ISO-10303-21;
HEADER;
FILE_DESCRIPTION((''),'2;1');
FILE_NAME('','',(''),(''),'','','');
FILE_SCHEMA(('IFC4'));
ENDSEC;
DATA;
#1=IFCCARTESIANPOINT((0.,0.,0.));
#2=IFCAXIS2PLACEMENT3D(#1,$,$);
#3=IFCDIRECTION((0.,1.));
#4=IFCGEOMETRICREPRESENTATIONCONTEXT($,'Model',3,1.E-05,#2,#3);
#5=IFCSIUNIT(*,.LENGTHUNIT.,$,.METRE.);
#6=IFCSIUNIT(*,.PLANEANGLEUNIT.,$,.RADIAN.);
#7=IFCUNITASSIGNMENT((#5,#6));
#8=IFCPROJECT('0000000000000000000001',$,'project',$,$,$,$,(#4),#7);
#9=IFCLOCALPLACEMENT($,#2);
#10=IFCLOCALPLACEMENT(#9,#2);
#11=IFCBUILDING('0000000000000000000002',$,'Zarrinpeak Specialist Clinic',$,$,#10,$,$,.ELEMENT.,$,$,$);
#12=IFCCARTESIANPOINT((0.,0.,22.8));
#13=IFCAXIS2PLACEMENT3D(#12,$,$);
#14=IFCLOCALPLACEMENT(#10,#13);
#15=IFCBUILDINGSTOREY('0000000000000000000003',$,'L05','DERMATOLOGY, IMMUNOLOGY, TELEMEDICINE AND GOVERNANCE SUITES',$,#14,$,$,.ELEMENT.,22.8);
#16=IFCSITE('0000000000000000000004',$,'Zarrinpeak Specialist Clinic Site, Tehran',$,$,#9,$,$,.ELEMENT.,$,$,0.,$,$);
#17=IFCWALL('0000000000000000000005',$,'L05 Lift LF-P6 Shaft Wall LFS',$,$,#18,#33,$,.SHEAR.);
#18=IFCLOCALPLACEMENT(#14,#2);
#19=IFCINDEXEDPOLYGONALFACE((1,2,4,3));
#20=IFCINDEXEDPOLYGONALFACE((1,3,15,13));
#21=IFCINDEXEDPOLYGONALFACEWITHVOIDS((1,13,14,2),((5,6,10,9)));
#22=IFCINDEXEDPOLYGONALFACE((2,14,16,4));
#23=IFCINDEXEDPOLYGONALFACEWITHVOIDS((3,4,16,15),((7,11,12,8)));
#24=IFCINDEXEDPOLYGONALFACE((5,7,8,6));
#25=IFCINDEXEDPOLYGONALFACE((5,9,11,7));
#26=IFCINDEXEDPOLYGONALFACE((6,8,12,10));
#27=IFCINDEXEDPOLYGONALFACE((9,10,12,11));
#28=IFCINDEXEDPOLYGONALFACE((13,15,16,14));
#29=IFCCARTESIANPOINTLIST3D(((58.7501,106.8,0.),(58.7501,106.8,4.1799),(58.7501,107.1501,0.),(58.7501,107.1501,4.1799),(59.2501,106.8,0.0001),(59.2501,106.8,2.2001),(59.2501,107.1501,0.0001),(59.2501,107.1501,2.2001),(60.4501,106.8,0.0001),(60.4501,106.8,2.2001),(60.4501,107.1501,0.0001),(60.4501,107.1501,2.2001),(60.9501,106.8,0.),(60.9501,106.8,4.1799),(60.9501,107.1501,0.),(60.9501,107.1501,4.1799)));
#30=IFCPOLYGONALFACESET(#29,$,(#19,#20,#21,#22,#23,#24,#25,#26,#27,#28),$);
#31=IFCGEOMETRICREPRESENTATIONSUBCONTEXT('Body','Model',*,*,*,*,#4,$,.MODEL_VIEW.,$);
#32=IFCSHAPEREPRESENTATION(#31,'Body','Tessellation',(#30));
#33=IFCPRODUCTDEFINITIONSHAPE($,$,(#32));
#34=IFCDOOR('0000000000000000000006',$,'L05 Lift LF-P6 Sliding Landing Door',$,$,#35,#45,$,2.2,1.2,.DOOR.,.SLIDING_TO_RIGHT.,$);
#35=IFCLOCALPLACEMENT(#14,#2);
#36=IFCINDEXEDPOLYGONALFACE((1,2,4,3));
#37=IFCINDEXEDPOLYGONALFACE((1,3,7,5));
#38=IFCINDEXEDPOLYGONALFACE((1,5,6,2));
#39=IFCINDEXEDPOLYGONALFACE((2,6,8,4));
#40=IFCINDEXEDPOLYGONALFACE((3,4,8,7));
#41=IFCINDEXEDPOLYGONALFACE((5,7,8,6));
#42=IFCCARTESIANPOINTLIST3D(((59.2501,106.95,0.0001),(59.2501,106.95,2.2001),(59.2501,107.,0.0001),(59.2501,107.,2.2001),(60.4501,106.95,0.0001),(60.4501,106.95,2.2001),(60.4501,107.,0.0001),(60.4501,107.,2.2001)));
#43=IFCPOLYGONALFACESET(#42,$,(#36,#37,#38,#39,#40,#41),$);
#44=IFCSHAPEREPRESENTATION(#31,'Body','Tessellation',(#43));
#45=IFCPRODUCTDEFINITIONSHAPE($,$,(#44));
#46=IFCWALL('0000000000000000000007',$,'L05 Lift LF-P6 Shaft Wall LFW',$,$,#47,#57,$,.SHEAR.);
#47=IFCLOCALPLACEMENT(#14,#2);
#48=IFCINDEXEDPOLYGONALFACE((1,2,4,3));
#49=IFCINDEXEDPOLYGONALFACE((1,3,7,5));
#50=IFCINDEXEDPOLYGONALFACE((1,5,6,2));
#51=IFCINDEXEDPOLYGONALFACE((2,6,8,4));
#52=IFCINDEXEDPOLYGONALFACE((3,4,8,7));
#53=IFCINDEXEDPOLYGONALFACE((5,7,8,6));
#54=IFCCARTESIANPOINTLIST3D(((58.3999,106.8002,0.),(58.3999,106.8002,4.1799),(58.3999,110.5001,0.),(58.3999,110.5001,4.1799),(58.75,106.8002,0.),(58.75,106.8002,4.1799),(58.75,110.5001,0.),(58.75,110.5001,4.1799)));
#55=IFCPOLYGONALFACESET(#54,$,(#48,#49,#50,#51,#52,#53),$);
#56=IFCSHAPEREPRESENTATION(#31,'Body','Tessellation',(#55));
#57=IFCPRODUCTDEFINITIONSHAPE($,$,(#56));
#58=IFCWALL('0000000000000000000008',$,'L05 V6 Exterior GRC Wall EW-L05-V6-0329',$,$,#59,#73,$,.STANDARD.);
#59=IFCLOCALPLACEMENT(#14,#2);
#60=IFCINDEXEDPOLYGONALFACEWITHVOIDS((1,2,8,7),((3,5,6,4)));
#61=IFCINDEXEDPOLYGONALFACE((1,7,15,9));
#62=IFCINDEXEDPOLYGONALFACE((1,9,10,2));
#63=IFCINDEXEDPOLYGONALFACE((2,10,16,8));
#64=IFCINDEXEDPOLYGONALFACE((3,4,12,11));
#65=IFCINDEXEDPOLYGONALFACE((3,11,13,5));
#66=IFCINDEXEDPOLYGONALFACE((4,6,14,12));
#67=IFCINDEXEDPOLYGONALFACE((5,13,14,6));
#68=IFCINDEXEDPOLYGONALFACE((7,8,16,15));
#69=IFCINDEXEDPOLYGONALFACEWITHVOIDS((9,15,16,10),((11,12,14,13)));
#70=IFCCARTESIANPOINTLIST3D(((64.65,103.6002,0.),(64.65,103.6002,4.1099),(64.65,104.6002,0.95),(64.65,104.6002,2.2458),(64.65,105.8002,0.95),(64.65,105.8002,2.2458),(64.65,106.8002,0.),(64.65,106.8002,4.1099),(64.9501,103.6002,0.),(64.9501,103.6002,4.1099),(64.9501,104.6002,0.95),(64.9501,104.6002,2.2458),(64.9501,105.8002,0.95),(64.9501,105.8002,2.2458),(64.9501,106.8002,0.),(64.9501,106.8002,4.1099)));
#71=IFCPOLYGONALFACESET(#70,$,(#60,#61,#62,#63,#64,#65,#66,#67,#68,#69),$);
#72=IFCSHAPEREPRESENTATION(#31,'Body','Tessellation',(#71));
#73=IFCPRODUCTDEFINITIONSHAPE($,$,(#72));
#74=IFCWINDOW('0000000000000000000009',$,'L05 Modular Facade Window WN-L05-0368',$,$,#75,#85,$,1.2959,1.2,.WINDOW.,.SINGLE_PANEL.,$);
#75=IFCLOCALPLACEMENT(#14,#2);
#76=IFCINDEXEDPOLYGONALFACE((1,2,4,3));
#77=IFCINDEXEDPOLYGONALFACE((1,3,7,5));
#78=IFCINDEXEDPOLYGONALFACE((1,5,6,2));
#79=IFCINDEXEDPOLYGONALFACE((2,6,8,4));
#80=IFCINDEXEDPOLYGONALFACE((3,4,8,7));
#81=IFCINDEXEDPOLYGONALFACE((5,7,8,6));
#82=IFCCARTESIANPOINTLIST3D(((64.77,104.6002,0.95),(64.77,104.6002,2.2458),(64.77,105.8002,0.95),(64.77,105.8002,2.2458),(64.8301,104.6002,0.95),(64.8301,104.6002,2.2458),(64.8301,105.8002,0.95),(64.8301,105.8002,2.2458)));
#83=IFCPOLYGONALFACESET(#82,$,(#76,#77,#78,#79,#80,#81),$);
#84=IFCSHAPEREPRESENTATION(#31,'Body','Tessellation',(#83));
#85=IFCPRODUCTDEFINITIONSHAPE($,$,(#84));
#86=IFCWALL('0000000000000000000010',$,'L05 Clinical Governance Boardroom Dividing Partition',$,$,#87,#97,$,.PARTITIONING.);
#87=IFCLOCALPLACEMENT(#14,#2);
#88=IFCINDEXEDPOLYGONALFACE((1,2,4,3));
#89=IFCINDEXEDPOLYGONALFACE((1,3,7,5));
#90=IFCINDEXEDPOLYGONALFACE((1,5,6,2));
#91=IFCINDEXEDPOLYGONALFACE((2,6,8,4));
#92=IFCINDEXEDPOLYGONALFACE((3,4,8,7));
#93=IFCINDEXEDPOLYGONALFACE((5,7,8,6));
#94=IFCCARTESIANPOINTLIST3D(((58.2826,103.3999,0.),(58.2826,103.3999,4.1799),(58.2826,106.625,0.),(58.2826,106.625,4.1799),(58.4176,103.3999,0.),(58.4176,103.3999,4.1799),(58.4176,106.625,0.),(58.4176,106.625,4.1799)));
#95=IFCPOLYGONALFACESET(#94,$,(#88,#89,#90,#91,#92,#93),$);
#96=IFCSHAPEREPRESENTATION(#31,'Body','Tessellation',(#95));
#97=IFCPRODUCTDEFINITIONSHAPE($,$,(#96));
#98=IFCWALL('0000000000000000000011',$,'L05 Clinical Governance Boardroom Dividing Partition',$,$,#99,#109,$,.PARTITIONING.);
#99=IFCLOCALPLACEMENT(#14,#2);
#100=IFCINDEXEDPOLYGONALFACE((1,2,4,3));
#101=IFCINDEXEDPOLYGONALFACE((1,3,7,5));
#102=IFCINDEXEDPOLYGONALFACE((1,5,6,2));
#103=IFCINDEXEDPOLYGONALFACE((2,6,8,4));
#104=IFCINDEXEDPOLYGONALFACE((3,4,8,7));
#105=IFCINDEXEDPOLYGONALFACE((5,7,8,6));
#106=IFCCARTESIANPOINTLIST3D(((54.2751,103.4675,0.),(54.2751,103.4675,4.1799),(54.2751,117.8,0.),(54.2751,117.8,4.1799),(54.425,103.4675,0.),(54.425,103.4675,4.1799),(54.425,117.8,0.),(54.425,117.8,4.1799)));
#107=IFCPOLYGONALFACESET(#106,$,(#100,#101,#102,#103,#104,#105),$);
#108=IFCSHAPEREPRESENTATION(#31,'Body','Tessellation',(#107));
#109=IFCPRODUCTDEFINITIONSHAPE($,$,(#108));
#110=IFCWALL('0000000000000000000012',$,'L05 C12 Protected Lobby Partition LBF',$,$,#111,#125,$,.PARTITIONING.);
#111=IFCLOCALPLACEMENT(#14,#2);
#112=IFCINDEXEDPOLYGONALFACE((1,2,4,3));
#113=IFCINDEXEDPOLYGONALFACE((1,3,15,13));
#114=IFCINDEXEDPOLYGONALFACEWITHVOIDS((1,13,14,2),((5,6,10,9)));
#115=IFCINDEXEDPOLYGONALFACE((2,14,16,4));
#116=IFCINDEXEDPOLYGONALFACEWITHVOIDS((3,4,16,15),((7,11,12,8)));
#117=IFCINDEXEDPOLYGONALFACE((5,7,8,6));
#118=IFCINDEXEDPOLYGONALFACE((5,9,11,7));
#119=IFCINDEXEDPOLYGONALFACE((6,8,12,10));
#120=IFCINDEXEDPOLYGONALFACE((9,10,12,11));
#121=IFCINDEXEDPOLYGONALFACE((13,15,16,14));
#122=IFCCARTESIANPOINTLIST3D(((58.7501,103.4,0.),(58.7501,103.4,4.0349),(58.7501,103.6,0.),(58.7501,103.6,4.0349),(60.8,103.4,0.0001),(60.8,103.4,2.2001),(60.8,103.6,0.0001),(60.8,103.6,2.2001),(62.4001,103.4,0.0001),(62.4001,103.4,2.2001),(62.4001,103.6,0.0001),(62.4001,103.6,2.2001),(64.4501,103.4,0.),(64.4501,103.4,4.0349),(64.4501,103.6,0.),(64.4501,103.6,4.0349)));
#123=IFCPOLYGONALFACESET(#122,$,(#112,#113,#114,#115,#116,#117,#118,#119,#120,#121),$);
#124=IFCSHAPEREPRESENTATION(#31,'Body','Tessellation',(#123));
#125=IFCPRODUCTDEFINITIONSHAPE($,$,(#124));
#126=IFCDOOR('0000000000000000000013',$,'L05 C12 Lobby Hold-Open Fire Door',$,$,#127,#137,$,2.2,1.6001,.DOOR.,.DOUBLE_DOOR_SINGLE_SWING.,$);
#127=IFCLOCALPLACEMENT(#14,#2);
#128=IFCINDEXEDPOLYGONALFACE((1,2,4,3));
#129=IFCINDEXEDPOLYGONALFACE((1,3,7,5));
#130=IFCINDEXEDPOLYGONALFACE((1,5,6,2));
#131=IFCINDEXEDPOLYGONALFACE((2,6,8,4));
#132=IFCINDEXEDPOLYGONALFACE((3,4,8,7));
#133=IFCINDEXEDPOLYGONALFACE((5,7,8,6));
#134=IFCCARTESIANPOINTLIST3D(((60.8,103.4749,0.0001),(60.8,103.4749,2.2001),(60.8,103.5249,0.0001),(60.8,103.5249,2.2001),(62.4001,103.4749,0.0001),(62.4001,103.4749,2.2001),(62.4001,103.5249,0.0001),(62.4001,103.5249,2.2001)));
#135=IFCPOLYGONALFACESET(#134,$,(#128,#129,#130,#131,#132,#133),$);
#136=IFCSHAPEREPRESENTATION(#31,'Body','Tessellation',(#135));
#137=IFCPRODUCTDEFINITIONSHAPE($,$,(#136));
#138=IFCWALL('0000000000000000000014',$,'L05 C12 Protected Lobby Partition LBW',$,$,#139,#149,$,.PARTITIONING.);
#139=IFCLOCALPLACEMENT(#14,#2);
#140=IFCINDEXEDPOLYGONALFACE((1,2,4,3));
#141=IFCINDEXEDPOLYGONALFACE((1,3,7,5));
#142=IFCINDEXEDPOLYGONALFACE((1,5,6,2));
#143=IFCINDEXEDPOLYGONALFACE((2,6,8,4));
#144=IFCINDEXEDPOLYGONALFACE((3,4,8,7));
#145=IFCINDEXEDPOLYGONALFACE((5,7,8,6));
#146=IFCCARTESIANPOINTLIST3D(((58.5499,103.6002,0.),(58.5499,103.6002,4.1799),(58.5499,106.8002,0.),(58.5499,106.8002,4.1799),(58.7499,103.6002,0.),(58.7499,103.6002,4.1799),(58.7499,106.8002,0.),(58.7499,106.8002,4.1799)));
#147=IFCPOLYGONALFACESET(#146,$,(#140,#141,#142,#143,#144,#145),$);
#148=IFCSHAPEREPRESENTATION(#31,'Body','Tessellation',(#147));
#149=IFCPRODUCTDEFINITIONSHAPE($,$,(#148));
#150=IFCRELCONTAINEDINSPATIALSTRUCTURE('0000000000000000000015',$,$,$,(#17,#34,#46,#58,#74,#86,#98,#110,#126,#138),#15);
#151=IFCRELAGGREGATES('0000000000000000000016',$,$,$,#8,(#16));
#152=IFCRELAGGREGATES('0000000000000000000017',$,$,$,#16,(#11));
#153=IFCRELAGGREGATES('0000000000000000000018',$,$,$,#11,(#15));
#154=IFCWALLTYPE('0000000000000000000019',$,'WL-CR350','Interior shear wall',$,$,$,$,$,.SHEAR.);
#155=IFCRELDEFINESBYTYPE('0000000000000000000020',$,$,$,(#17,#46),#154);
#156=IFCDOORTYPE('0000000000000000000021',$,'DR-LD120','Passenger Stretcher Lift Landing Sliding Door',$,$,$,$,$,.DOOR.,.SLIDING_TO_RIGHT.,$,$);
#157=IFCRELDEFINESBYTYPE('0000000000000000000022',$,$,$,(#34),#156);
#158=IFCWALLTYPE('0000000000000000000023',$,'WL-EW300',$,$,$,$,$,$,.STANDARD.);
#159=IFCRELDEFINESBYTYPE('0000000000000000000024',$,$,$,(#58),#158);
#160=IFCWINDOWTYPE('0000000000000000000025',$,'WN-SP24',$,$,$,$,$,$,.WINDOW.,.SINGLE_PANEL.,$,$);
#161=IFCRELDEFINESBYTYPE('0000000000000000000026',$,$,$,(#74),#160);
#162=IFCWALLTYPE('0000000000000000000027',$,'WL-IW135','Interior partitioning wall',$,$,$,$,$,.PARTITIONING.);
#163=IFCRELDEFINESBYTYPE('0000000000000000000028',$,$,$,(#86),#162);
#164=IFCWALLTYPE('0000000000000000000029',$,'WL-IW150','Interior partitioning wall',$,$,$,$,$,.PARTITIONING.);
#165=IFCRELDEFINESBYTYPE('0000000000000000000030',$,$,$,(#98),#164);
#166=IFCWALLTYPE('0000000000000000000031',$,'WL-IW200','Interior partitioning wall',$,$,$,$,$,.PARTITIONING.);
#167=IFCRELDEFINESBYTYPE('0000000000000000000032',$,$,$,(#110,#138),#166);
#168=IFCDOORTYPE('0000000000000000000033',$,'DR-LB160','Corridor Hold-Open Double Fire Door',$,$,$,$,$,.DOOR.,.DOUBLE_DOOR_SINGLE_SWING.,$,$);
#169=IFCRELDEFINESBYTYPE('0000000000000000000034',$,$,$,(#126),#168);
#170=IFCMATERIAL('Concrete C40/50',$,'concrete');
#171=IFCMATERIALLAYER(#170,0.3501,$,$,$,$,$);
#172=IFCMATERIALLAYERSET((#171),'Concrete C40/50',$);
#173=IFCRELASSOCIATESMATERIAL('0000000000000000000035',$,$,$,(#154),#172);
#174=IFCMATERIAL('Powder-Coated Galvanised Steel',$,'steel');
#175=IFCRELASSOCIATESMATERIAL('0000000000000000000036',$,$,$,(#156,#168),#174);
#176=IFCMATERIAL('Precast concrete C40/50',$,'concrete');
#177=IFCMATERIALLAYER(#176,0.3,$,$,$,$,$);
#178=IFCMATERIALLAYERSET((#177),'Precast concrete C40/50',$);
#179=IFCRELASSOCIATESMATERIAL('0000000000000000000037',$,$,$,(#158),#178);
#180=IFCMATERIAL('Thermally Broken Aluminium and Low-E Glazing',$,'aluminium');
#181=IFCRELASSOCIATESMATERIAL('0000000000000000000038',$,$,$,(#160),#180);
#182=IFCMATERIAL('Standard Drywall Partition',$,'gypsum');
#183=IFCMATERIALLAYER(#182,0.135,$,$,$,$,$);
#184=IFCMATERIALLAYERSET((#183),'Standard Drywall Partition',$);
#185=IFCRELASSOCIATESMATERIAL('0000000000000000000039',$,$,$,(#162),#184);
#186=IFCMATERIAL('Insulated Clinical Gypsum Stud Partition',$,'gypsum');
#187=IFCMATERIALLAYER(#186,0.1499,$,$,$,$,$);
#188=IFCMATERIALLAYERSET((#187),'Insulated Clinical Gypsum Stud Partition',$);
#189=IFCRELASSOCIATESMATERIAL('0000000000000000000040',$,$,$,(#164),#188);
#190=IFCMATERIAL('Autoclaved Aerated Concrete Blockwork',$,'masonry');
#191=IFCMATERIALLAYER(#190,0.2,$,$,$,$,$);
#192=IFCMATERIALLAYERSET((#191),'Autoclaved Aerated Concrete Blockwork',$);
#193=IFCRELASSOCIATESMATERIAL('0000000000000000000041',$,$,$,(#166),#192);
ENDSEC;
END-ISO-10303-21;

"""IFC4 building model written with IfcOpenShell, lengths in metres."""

from ifc_helpers import new_model, si_unit, direction, frame, frame_2d, origin, place, context, subcontext, project, spatial, rectangle, extrude, material, layer, layer_set, type_object, element, fill, save


model = new_model("IFC4")

# Units and contexts
model_context = context("Model", 3, precision=1e-05, world=origin(), true_north=direction((0.0, 1.0)))
body_context = subcontext(model_context, "Body", "Model", "MODEL_VIEW")
ifc_project = project(units=[si_unit("LENGTHUNIT", "METRE"), si_unit("PLANEANGLEUNIT", "RADIAN")], contexts=[model_context])

# Site, building, storey
site_placement = place(None, origin())
site = spatial("IfcSite", under=ifc_project, at=site_placement, Name="Zarrinpeak Specialist Clinic Site, Tehran", CompositionType="ELEMENT", RefElevation=0.0)
building_placement = place(site_placement, origin())
building = spatial("IfcBuilding", under=site, at=building_placement, Name="Zarrinpeak Specialist Clinic", CompositionType="ELEMENT")
storey_placement = place(building_placement, frame((0.0, 0.0, 22.8)))
storey = spatial("IfcBuildingStorey", under=building, at=storey_placement, Name="L05", Description="DERMATOLOGY, IMMUNOLOGY, TELEMEDICINE AND GOVERNANCE SUITES", CompositionType="ELEMENT", Elevation=22.8)

# Shared definitions
ifc_material_1 = material(Name="Concrete C40/50", Category="concrete")
ifc_layer_1 = layer(ifc_material_1, 0.3501)
ifc_layer_set_1 = layer_set([ifc_layer_1], Name="Concrete C40/50")
wall_type_1 = type_object("IfcWallType", Name="WL-CR350", Description="Interior shear wall", PredefinedType="SHEAR", material=ifc_layer_set_1)
ifc_material_2 = material(Name="Powder-Coated Galvanised Steel", Category="steel")

# Wall, opening, door
wall_1_placement = place(storey_placement, frame((58.75, 106.9751, 0.0), z_axis=(0.0, 0.0, 1.0), x_axis=(1.0, 0.0, 0.0)))
wall_1 = element("IfcWall", 1, at=wall_1_placement, inside=storey, type_object=wall_type_1, Name="L05 Lift LF-P6 Shaft Wall LFS", PredefinedType="SHEAR", context=body_context, shape_type="SweptSolid", body=[
    extrude(rectangle(XDim=2.2, YDim=0.3501, at=frame_2d((1.1001, 0.0))), origin(), (0.0, 0.0, 1.0), 4.1799),
])
opening_1_placement = place(wall_1_placement, frame((0.5, 0.0, 0.0)))
opening_1 = element("IfcOpeningElement", 2, at=opening_1_placement, cuts=wall_1, PredefinedType="OPENING", context=body_context, shape_type="SweptSolid", body=[
    extrude(rectangle(XDim=1.2, YDim=2.2, at=frame_2d((0.6001, 1.1001))), frame((0.0, 0.1851, 0.0), z_axis=(0.0, -1.0, 0.0), x_axis=(1.0, 0.0, 0.0)), (0.0, 0.0, 1.0), 0.3701),
])
door_type_1 = type_object("IfcDoorType", Name="DR-LD120", Description="Passenger Stretcher Lift Landing Sliding Door", OperationType="SLIDING_TO_RIGHT", PredefinedType="DOOR", material=ifc_material_2)
door_1_placement = place(opening_1_placement, origin())
door_1 = element("IfcDoor", 3, at=door_1_placement, inside=storey, type_object=door_type_1, Name="L05 Lift LF-P6 Sliding Landing Door", OperationType="SLIDING_TO_RIGHT", OverallHeight=2.2, OverallWidth=1.2, PredefinedType="DOOR", context=body_context, shape_type="SweptSolid", body=[
    extrude(rectangle(XDim=1.2, YDim=2.2, at=frame_2d((0.6001, 1.1001))), frame((0.0, 0.0249, 0.0), z_axis=(0.0, -1.0, 0.0), x_axis=(1.0, 0.0, 0.0)), (0.0, 0.0, 1.0), 0.05),
])
fill(opening_1, door_1)

# Wall
wall_2_placement = place(storey_placement, frame((58.575, 106.8, 0.0), z_axis=(0.0, 0.0, 1.0), x_axis=(0.0, 1.0, 0.0)))
element("IfcWall", 4, at=wall_2_placement, inside=storey, type_object=wall_type_1, Name="L05 Lift LF-P6 Shaft Wall LFW", PredefinedType="SHEAR", context=body_context, shape_type="SweptSolid", body=[
    extrude(rectangle(XDim=3.7, YDim=0.3501, at=frame_2d((1.8501, 0.0))), origin(), (0.0, 0.0, 1.0), 4.1799),
])

# Wall, opening, window
ifc_material_3 = material(Name="Precast concrete C40/50", Category="concrete")
ifc_layer_2 = layer(ifc_material_3, 0.3)
ifc_layer_set_2 = layer_set([ifc_layer_2], Name="Precast concrete C40/50")
wall_type_2 = type_object("IfcWallType", Name="WL-EW300", PredefinedType="STANDARD", material=ifc_layer_set_2)
wall_3_placement = place(storey_placement, frame((64.8, 103.6001, 0.0), z_axis=(0.0, 0.0, 1.0), x_axis=(0.0, 1.0, 0.0)))
wall_3 = element("IfcWall", 5, at=wall_3_placement, inside=storey, type_object=wall_type_2, Name="L05 V6 Exterior GRC Wall EW-L05-V6-0329", PredefinedType="STANDARD", context=body_context, shape_type="SweptSolid", body=[
    extrude(rectangle(XDim=3.2, YDim=0.3, at=frame_2d((1.6001, 0.0))), origin(), (0.0, 0.0, 1.0), 4.1099),
])
opening_2_placement = place(wall_3_placement, frame((1.0, 0.0, 0.95)))
opening_2 = element("IfcOpeningElement", 6, at=opening_2_placement, cuts=wall_3, PredefinedType="OPENING", context=body_context, shape_type="SweptSolid", body=[
    extrude(rectangle(XDim=1.2, YDim=1.2959, at=frame_2d((0.6001, 0.6479))), frame((0.0, 0.1602, 0.0), z_axis=(0.0, -1.0, 0.0), x_axis=(1.0, 0.0, 0.0)), (0.0, 0.0, 1.0), 0.3201),
])
ifc_material_4 = material(Name="Thermally Broken Aluminium and Low-E Glazing", Category="aluminium")
window_type = type_object("IfcWindowType", Name="WN-SP24", PartitioningType="SINGLE_PANEL", PredefinedType="WINDOW", material=ifc_material_4)
window_placement = place(opening_2_placement, origin())
window = element("IfcWindow", 7, at=window_placement, inside=storey, type_object=window_type, Name="L05 Modular Facade Window WN-L05-0368", OverallHeight=1.2959, OverallWidth=1.2, PartitioningType="SINGLE_PANEL", PredefinedType="WINDOW", context=body_context, shape_type="SweptSolid", body=[
    extrude(rectangle(XDim=1.2, YDim=1.2959, at=frame_2d((0.6001, 0.6479))), frame((0.0, 0.03, 0.0), z_axis=(0.0, -1.0, 0.0), x_axis=(1.0, 0.0, 0.0)), (0.0, 0.0, 1.0), 0.0601),
])
fill(opening_2, window)

# Walls
ifc_material_5 = material(Name="Standard Drywall Partition", Category="gypsum")
ifc_layer_3 = layer(ifc_material_5, 0.135)
ifc_layer_set_3 = layer_set([ifc_layer_3], Name="Standard Drywall Partition")
wall_type_3 = type_object("IfcWallType", Name="WL-IW135", Description="Interior partitioning wall", PredefinedType="PARTITIONING", material=ifc_layer_set_3)
wall_4_placement = place(storey_placement, frame((58.3501, 103.3999, 0.0), z_axis=(0.0, 0.0, 1.0), x_axis=(0.0, 1.0, 0.0)))
element("IfcWall", 8, at=wall_4_placement, inside=storey, type_object=wall_type_3, Name="L05 Clinical Governance Boardroom Dividing Partition", PredefinedType="PARTITIONING", context=body_context, shape_type="SweptSolid", body=[
    extrude(rectangle(XDim=3.2251, YDim=0.135, at=frame_2d((1.6125, 0.0))), origin(), (0.0, 0.0, 1.0), 4.1799),
])
ifc_material_6 = material(Name="Insulated Clinical Gypsum Stud Partition", Category="gypsum")
ifc_layer_4 = layer(ifc_material_6, 0.1499)
ifc_layer_set_4 = layer_set([ifc_layer_4], Name="Insulated Clinical Gypsum Stud Partition")
wall_type_4 = type_object("IfcWallType", Name="WL-IW150", Description="Interior partitioning wall", PredefinedType="PARTITIONING", material=ifc_layer_set_4)
wall_5_placement = place(storey_placement, frame((54.3501, 103.4675, 0.0), z_axis=(0.0, 0.0, 1.0), x_axis=(0.0, 1.0, 0.0)))
element("IfcWall", 9, at=wall_5_placement, inside=storey, type_object=wall_type_4, Name="L05 Clinical Governance Boardroom Dividing Partition", PredefinedType="PARTITIONING", context=body_context, shape_type="SweptSolid", body=[
    extrude(rectangle(XDim=14.3325, YDim=0.1499, at=frame_2d((7.1663, 0.0))), origin(), (0.0, 0.0, 1.0), 4.1799),
])

# Wall, opening, door
ifc_material_7 = material(Name="Autoclaved Aerated Concrete Blockwork", Category="masonry")
ifc_layer_5 = layer(ifc_material_7, 0.2)
ifc_layer_set_5 = layer_set([ifc_layer_5], Name="Autoclaved Aerated Concrete Blockwork")
wall_type_5 = type_object("IfcWallType", Name="WL-IW200", Description="Interior partitioning wall", PredefinedType="PARTITIONING", material=ifc_layer_set_5)
wall_6_placement = place(storey_placement, frame((58.75, 103.5, 0.0), z_axis=(0.0, 0.0, 1.0), x_axis=(1.0, 0.0, 0.0)))
wall_6 = element("IfcWall", 10, at=wall_6_placement, inside=storey, type_object=wall_type_5, Name="L05 C12 Protected Lobby Partition LBF", PredefinedType="PARTITIONING", context=body_context, shape_type="SweptSolid", body=[
    extrude(rectangle(XDim=5.7, YDim=0.2, at=frame_2d((2.8501, 0.0))), origin(), (0.0, 0.0, 1.0), 4.0349),
])
opening_3_placement = place(wall_6_placement, frame((2.05, 0.0, 0.0)))
opening_3 = element("IfcOpeningElement", 11, at=opening_3_placement, cuts=wall_6, PredefinedType="OPENING", context=body_context, shape_type="SweptSolid", body=[
    extrude(rectangle(XDim=1.6001, YDim=2.2, at=frame_2d((0.8, 1.1001))), frame((0.0, 0.1099, 0.0), z_axis=(0.0, -1.0, 0.0), x_axis=(1.0, 0.0, 0.0)), (0.0, 0.0, 1.0), 0.22),
])
door_type_2 = type_object("IfcDoorType", Name="DR-LB160", Description="Corridor Hold-Open Double Fire Door", OperationType="DOUBLE_DOOR_SINGLE_SWING", PredefinedType="DOOR", material=ifc_material_2)
door_2_placement = place(opening_3_placement, origin())
door_2 = element("IfcDoor", 12, at=door_2_placement, inside=storey, type_object=door_type_2, Name="L05 C12 Lobby Hold-Open Fire Door", OperationType="DOUBLE_DOOR_SINGLE_SWING", OverallHeight=2.2, OverallWidth=1.6001, PredefinedType="DOOR", context=body_context, shape_type="SweptSolid", body=[
    extrude(rectangle(XDim=1.6001, YDim=2.2, at=frame_2d((0.8, 1.1001))), frame((0.0, 0.0249, 0.0), z_axis=(0.0, -1.0, 0.0), x_axis=(1.0, 0.0, 0.0)), (0.0, 0.0, 1.0), 0.05),
])
fill(opening_3, door_2)

# Wall
wall_7_placement = place(storey_placement, frame((58.6499, 103.6001, 0.0), z_axis=(0.0, 0.0, 1.0), x_axis=(0.0, 1.0, 0.0)))
element("IfcWall", 13, at=wall_7_placement, inside=storey, type_object=wall_type_5, Name="L05 C12 Protected Lobby Partition LBW", PredefinedType="PARTITIONING", context=body_context, shape_type="SweptSolid", body=[
    extrude(rectangle(XDim=3.2, YDim=0.2, at=frame_2d((1.6001, 0.0))), origin(), (0.0, 0.0, 1.0), 4.1799),
])

save(model, "model.ifc")
